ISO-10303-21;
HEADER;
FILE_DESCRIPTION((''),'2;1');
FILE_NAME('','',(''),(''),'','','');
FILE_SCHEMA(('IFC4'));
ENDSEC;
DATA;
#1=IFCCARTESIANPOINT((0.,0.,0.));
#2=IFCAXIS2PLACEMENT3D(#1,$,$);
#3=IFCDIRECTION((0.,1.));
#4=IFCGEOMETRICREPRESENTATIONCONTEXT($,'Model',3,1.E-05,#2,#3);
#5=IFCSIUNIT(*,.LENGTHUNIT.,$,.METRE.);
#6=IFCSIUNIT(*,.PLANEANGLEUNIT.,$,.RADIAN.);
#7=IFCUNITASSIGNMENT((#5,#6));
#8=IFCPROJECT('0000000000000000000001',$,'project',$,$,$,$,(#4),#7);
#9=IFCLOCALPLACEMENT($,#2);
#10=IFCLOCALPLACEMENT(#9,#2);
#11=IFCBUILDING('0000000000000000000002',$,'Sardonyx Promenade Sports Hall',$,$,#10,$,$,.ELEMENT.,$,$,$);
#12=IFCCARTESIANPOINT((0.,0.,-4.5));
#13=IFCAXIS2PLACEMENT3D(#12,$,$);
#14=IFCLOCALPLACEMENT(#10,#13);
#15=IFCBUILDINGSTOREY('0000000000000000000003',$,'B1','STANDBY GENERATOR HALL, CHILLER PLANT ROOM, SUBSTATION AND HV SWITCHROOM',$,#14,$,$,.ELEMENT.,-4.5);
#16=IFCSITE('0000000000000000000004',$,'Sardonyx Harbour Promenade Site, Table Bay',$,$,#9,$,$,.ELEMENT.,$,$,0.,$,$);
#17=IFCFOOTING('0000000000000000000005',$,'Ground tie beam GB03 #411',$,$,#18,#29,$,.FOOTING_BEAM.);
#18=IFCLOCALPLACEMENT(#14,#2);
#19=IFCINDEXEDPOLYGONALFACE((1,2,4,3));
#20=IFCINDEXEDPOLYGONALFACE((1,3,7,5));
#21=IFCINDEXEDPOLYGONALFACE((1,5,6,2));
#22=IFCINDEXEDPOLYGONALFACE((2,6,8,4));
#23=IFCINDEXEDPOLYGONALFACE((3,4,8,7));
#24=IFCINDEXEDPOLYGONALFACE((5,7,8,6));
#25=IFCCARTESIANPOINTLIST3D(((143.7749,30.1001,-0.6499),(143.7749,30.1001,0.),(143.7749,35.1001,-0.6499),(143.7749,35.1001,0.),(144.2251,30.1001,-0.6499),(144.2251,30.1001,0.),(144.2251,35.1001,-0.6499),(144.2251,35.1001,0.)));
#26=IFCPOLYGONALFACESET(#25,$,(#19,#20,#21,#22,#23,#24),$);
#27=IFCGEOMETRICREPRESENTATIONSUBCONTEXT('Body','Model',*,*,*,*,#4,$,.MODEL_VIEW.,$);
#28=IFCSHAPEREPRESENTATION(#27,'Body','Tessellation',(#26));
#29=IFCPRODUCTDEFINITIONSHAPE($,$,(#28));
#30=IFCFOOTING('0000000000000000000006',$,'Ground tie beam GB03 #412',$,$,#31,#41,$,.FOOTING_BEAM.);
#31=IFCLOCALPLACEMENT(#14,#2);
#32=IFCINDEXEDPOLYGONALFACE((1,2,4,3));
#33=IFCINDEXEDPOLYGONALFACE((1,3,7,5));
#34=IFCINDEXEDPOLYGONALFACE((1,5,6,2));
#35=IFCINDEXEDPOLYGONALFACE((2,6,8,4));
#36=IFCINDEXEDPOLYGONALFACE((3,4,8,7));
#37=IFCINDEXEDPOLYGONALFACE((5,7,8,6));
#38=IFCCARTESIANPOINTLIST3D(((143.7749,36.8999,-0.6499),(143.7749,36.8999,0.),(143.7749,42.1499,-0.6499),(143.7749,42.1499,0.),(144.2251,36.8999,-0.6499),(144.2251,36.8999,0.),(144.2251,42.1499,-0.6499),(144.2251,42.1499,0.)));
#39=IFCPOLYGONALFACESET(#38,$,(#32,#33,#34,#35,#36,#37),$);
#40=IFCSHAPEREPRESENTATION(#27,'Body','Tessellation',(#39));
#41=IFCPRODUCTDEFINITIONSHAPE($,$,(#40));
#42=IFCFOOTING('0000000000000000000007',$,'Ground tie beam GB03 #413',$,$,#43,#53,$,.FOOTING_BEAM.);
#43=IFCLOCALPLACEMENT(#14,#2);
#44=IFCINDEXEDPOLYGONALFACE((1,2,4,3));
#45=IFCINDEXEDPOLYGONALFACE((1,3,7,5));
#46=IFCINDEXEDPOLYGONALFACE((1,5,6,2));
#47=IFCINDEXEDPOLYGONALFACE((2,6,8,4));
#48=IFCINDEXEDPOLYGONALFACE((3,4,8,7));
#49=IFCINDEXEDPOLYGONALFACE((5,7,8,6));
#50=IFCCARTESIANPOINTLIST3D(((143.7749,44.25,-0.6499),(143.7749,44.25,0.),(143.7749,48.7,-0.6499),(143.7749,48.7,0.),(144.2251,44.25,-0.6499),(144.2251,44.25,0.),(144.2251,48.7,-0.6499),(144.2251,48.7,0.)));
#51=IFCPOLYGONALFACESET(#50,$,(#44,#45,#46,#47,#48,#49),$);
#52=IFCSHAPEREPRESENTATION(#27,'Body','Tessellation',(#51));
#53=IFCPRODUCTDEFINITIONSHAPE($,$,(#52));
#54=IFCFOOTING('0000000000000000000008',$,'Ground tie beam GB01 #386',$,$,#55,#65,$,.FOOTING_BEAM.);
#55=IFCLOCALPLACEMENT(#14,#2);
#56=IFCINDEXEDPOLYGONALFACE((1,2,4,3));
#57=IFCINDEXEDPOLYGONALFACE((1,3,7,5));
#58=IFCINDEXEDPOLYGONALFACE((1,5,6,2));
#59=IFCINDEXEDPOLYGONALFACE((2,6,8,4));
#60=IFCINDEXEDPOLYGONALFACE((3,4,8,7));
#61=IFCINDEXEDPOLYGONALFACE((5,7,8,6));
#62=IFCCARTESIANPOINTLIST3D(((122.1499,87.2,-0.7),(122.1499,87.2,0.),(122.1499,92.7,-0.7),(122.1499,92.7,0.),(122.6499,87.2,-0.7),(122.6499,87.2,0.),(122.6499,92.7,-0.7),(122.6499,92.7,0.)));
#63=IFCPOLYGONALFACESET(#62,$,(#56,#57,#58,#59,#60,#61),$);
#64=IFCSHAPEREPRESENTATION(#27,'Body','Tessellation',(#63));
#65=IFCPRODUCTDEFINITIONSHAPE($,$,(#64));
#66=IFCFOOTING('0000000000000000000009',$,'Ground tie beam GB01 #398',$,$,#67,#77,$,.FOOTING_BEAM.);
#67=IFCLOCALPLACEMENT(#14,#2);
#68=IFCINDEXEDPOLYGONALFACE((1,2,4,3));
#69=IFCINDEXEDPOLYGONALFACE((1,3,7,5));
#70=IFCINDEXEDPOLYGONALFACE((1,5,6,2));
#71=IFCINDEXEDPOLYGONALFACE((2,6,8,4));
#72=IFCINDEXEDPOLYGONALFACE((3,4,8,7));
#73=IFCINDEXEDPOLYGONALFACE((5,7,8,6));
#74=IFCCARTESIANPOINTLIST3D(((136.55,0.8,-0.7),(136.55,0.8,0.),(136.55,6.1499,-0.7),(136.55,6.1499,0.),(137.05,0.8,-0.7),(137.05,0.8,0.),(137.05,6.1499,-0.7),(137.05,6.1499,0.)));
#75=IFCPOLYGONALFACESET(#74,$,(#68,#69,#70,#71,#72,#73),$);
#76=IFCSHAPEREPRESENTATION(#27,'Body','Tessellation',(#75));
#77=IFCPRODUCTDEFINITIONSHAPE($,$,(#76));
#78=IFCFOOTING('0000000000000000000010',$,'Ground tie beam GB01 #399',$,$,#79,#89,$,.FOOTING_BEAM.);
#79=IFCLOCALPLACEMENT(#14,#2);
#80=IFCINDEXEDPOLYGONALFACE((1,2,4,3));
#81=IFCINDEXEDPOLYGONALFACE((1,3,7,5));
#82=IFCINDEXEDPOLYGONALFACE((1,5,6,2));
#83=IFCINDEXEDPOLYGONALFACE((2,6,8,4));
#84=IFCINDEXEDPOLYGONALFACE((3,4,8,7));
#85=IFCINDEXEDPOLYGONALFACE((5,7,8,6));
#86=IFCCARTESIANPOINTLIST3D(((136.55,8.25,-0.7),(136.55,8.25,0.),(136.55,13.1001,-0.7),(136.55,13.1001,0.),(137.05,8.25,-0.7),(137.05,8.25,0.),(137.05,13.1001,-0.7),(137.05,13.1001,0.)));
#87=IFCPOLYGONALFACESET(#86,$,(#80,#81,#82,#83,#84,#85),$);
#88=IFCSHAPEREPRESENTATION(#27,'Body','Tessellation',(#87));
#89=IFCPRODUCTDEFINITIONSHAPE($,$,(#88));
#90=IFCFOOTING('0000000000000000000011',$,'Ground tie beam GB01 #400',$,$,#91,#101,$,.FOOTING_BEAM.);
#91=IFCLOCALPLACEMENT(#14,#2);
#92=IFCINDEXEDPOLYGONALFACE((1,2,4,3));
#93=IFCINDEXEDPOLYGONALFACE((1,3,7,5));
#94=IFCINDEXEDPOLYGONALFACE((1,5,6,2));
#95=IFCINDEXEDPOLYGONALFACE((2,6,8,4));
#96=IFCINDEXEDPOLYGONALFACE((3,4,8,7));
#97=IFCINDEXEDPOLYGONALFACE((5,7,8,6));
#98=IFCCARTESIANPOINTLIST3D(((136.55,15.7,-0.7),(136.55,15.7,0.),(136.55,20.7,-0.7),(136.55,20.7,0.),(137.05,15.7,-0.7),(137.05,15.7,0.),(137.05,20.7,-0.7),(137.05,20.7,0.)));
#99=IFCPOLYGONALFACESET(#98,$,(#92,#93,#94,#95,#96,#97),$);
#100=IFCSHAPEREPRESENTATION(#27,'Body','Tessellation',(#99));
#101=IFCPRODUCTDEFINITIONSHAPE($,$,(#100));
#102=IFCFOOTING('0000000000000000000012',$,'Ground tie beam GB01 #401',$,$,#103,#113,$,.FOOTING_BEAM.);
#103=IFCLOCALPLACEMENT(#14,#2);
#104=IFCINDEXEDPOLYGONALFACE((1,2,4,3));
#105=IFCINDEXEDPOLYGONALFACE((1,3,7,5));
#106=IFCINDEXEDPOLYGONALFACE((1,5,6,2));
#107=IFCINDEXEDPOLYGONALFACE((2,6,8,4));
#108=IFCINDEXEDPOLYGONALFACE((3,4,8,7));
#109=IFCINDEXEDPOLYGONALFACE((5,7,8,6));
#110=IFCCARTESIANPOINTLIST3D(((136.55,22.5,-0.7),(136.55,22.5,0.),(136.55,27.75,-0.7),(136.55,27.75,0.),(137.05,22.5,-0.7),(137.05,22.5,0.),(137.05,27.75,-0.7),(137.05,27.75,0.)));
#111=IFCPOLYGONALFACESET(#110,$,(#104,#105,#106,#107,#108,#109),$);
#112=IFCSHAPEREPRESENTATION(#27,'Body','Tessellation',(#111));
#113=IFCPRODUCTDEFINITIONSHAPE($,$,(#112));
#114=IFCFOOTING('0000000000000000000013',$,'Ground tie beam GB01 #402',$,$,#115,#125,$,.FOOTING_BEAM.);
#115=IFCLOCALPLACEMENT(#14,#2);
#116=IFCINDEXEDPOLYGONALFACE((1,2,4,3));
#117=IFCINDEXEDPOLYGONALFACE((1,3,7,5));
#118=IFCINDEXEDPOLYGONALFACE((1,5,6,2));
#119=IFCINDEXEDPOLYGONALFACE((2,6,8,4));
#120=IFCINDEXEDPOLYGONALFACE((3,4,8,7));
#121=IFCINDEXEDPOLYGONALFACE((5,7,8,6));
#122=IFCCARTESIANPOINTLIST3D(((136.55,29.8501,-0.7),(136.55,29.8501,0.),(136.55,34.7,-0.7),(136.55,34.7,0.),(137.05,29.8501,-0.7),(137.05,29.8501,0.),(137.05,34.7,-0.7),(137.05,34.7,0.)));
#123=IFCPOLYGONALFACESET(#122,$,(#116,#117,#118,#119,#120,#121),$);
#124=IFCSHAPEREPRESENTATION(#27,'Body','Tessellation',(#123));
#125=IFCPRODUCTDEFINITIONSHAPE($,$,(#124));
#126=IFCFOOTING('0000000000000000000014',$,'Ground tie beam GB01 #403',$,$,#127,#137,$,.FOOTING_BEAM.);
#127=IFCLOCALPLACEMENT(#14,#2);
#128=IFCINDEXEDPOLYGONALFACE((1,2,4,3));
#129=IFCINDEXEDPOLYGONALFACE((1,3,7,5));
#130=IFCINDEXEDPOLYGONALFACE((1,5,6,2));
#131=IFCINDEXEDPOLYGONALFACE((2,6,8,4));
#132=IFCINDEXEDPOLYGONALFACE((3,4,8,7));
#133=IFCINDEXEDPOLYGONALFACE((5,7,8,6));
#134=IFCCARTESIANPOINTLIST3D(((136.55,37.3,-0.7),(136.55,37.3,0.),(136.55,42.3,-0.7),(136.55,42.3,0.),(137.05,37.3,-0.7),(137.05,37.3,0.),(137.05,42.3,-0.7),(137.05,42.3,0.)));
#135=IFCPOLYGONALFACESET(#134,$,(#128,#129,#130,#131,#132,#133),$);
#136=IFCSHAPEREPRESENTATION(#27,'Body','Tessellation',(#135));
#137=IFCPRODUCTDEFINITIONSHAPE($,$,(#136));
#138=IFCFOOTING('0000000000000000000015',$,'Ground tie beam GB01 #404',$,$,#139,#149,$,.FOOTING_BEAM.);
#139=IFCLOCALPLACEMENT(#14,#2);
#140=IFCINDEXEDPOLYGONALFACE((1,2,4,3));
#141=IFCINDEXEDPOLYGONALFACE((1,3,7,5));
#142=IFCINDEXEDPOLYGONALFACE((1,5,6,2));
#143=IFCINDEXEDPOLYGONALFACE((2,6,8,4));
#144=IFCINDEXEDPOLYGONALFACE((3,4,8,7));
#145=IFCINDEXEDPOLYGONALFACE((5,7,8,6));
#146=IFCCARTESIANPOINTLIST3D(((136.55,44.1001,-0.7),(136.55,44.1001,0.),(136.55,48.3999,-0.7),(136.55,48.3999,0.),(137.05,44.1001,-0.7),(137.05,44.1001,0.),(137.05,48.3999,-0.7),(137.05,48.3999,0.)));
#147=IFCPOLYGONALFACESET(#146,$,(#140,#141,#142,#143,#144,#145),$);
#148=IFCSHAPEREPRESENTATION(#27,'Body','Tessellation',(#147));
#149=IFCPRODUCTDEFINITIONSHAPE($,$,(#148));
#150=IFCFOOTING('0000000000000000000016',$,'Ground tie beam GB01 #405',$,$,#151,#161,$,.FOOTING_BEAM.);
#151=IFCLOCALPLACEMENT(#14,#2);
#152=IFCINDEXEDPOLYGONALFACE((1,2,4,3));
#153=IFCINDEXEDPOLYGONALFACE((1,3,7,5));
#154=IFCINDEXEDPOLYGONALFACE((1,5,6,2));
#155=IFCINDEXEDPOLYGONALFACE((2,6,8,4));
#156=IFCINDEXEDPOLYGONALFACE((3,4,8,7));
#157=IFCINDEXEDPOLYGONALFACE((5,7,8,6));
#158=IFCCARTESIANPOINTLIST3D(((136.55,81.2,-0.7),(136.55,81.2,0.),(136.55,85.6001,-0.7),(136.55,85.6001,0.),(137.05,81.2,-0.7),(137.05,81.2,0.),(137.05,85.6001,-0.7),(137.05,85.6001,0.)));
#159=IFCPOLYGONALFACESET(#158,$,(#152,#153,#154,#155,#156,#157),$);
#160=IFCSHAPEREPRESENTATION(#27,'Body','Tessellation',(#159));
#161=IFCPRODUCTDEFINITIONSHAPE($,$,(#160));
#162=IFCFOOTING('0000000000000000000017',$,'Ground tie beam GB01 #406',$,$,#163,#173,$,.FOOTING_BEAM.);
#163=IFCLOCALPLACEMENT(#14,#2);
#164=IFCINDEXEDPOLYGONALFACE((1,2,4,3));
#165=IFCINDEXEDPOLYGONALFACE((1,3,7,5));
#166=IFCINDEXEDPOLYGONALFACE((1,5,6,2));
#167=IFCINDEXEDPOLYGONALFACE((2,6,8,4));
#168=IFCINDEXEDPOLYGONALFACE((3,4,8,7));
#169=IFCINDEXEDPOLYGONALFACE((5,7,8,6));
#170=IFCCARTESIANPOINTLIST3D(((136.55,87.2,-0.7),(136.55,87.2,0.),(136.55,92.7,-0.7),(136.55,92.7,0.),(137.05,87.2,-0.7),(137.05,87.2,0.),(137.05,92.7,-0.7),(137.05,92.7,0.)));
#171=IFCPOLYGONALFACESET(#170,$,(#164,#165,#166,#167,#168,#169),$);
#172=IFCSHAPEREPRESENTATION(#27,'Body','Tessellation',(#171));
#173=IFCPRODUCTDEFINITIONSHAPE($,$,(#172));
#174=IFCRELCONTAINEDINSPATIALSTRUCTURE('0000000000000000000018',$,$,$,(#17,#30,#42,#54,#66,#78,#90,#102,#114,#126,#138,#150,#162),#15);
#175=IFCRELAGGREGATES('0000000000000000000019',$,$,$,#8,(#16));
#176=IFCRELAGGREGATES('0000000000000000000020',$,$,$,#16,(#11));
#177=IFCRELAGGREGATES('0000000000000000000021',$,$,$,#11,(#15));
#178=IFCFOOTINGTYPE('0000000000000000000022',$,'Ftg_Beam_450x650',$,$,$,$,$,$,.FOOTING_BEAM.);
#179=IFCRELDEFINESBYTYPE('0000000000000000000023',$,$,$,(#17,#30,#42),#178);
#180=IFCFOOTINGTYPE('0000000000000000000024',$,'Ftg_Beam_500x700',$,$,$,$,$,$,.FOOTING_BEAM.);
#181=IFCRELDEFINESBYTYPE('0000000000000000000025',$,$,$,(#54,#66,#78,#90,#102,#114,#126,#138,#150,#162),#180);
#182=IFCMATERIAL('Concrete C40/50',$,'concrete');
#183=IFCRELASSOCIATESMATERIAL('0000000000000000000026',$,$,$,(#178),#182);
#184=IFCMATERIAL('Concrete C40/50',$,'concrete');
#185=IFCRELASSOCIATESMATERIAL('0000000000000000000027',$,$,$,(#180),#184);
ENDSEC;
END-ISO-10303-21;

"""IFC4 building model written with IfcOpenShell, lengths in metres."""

from ifc_helpers import new_model, si_unit, direction, frame, origin, place, context, subcontext, project, spatial, polyline, outline, extrude, material, type_object, element, save


model = new_model("IFC4")

# Units and contexts
model_context = context("Model", 3, precision=1e-05, world=origin(), true_north=direction((0.0, 1.0)))
body_context = subcontext(model_context, "Body", "Model", "MODEL_VIEW")
ifc_project = project(units=[si_unit("LENGTHUNIT", "METRE"), si_unit("PLANEANGLEUNIT", "RADIAN")], contexts=[model_context])

# Site, building, storey
site_placement = place(None, origin())
site = spatial("IfcSite", under=ifc_project, at=site_placement, Name="Sardonyx Harbour Promenade Site, Table Bay", CompositionType="ELEMENT", RefElevation=0.0)
building_placement = place(site_placement, origin())
building = spatial("IfcBuilding", under=site, at=building_placement, Name="Sardonyx Promenade Sports Hall", CompositionType="ELEMENT")
storey_placement = place(building_placement, frame((0.0, 0.0, -4.5)))
storey = spatial("IfcBuildingStorey", under=building, at=storey_placement, Name="B1", Description="STANDBY GENERATOR HALL, CHILLER PLANT ROOM, SUBSTATION AND HV SWITCHROOM", CompositionType="ELEMENT", Elevation=-4.5)

# Footings
ifc_material_1 = material(Name="Concrete C40/50", Category="concrete")
footing_type_1 = type_object("IfcFootingType", Name="Ftg_Beam_450x650", PredefinedType="FOOTING_BEAM", material=ifc_material_1)
footing_1_placement = place(storey_placement, frame((0.0, 0.0, -0.6499)))
element("IfcFooting", 1, at=footing_1_placement, inside=storey, type_object=footing_type_1, Name="Ground tie beam GB03 #411", PredefinedType="FOOTING_BEAM", context=body_context, shape_type="SweptSolid", body=[
    extrude(outline(polyline([(143.7749, 30.1001), (144.2251, 30.1001), (144.2251, 35.1001), (143.7749, 35.1001), (143.7749, 30.1001)])), origin(), (0.0, 0.0, 1.0), 0.6499),
])
footing_2_placement = place(storey_placement, frame((0.0, 0.0, -0.6499)))
element("IfcFooting", 2, at=footing_2_placement, inside=storey, type_object=footing_type_1, Name="Ground tie beam GB03 #412", PredefinedType="FOOTING_BEAM", context=body_context, shape_type="SweptSolid", body=[
    extrude(outline(polyline([(143.7749, 36.8999), (144.2251, 36.8999), (144.2251, 42.1499), (143.7749, 42.1499), (143.7749, 36.8999)])), origin(), (0.0, 0.0, 1.0), 0.6499),
])
footing_3_placement = place(storey_placement, frame((0.0, 0.0, -0.6499)))
element("IfcFooting", 3, at=footing_3_placement, inside=storey, type_object=footing_type_1, Name="Ground tie beam GB03 #413", PredefinedType="FOOTING_BEAM", context=body_context, shape_type="SweptSolid", body=[
    extrude(outline(polyline([(143.7749, 44.25), (144.2251, 44.25), (144.2251, 48.7), (143.7749, 48.7), (143.7749, 44.25)])), origin(), (0.0, 0.0, 1.0), 0.6499),
])
ifc_material_2 = material(Name="Concrete C40/50", Category="concrete")
footing_type_2 = type_object("IfcFootingType", Name="Ftg_Beam_500x700", PredefinedType="FOOTING_BEAM", material=ifc_material_2)
footing_4_placement = place(storey_placement, frame((0.0, 0.0, -0.7)))
element("IfcFooting", 4, at=footing_4_placement, inside=storey, type_object=footing_type_2, Name="Ground tie beam GB01 #386", PredefinedType="FOOTING_BEAM", context=body_context, shape_type="SweptSolid", body=[
    extrude(outline(polyline([(122.1499, 87.2), (122.6499, 87.2), (122.6499, 92.7), (122.1499, 92.7), (122.1499, 87.2)])), origin(), (0.0, 0.0, 1.0), 0.7),
])
footing_5_placement = place(storey_placement, frame((0.0, 0.0, -0.7)))
element("IfcFooting", 5, at=footing_5_placement, inside=storey, type_object=footing_type_2, Name="Ground tie beam GB01 #398", PredefinedType="FOOTING_BEAM", context=body_context, shape_type="SweptSolid", body=[
    extrude(outline(polyline([(136.55, 0.8), (137.05, 0.8), (137.05, 6.1499), (136.55, 6.1499), (136.55, 0.8)])), origin(), (0.0, 0.0, 1.0), 0.7),
])
footing_6_placement = place(storey_placement, frame((0.0, 0.0, -0.7)))
element("IfcFooting", 6, at=footing_6_placement, inside=storey, type_object=footing_type_2, Name="Ground tie beam GB01 #399", PredefinedType="FOOTING_BEAM", context=body_context, shape_type="SweptSolid", body=[
    extrude(outline(polyline([(136.55, 8.25), (137.05, 8.25), (137.05, 13.1001), (136.55, 13.1001), (136.55, 8.25)])), origin(), (0.0, 0.0, 1.0), 0.7),
])
footing_7_placement = place(storey_placement, frame((0.0, 0.0, -0.7)))
element("IfcFooting", 7, at=footing_7_placement, inside=storey, type_object=footing_type_2, Name="Ground tie beam GB01 #400", PredefinedType="FOOTING_BEAM", context=body_context, shape_type="SweptSolid", body=[
    extrude(outline(polyline([(136.55, 15.7), (137.05, 15.7), (137.05, 20.7), (136.55, 20.7), (136.55, 15.7)])), origin(), (0.0, 0.0, 1.0), 0.7),
])
footing_8_placement = place(storey_placement, frame((0.0, 0.0, -0.7)))
element("IfcFooting", 8, at=footing_8_placement, inside=storey, type_object=footing_type_2, Name="Ground tie beam GB01 #401", PredefinedType="FOOTING_BEAM", context=body_context, shape_type="SweptSolid", body=[
    extrude(outline(polyline([(136.55, 22.5), (137.05, 22.5), (137.05, 27.75), (136.55, 27.75), (136.55, 22.5)])), origin(), (0.0, 0.0, 1.0), 0.7),
])
footing_9_placement = place(storey_placement, frame((0.0, 0.0, -0.7)))
element("IfcFooting", 9, at=footing_9_placement, inside=storey, type_object=footing_type_2, Name="Ground tie beam GB01 #402", PredefinedType="FOOTING_BEAM", context=body_context, shape_type="SweptSolid", body=[
    extrude(outline(polyline([(136.55, 29.8501), (137.05, 29.8501), (137.05, 34.7), (136.55, 34.7), (136.55, 29.8501)])), origin(), (0.0, 0.0, 1.0), 0.7),
])
footing_10_placement = place(storey_placement, frame((0.0, 0.0, -0.7)))
element("IfcFooting", 10, at=footing_10_placement, inside=storey, type_object=footing_type_2, Name="Ground tie beam GB01 #403", PredefinedType="FOOTING_BEAM", context=body_context, shape_type="SweptSolid", body=[
    extrude(outline(polyline([(136.55, 37.3), (137.05, 37.3), (137.05, 42.3), (136.55, 42.3), (136.55, 37.3)])), origin(), (0.0, 0.0, 1.0), 0.7),
])
footing_11_placement = place(storey_placement, frame((0.0, 0.0, -0.7)))
element("IfcFooting", 11, at=footing_11_placement, inside=storey, type_object=footing_type_2, Name="Ground tie beam GB01 #404", PredefinedType="FOOTING_BEAM", context=body_context, shape_type="SweptSolid", body=[
    extrude(outline(polyline([(136.55, 44.1001), (137.05, 44.1001), (137.05, 48.3999), (136.55, 48.3999), (136.55, 44.1001)])), origin(), (0.0, 0.0, 1.0), 0.7),
])
footing_12_placement = place(storey_placement, frame((0.0, 0.0, -0.7)))
element("IfcFooting", 12, at=footing_12_placement, inside=storey, type_object=footing_type_2, Name="Ground tie beam GB01 #405", PredefinedType="FOOTING_BEAM", context=body_context, shape_type="SweptSolid", body=[
    extrude(outline(polyline([(136.55, 81.2), (137.05, 81.2), (137.05, 85.6001), (136.55, 85.6001), (136.55, 81.2)])), origin(), (0.0, 0.0, 1.0), 0.7),
])
footing_13_placement = place(storey_placement, frame((0.0, 0.0, -0.7)))
element("IfcFooting", 13, at=footing_13_placement, inside=storey, type_object=footing_type_2, Name="Ground tie beam GB01 #406", PredefinedType="FOOTING_BEAM", context=body_context, shape_type="SweptSolid", body=[
    extrude(outline(polyline([(136.55, 87.2), (137.05, 87.2), (137.05, 92.7), (136.55, 92.7), (136.55, 87.2)])), origin(), (0.0, 0.0, 1.0), 0.7),
])

save(model, "model.ifc")
